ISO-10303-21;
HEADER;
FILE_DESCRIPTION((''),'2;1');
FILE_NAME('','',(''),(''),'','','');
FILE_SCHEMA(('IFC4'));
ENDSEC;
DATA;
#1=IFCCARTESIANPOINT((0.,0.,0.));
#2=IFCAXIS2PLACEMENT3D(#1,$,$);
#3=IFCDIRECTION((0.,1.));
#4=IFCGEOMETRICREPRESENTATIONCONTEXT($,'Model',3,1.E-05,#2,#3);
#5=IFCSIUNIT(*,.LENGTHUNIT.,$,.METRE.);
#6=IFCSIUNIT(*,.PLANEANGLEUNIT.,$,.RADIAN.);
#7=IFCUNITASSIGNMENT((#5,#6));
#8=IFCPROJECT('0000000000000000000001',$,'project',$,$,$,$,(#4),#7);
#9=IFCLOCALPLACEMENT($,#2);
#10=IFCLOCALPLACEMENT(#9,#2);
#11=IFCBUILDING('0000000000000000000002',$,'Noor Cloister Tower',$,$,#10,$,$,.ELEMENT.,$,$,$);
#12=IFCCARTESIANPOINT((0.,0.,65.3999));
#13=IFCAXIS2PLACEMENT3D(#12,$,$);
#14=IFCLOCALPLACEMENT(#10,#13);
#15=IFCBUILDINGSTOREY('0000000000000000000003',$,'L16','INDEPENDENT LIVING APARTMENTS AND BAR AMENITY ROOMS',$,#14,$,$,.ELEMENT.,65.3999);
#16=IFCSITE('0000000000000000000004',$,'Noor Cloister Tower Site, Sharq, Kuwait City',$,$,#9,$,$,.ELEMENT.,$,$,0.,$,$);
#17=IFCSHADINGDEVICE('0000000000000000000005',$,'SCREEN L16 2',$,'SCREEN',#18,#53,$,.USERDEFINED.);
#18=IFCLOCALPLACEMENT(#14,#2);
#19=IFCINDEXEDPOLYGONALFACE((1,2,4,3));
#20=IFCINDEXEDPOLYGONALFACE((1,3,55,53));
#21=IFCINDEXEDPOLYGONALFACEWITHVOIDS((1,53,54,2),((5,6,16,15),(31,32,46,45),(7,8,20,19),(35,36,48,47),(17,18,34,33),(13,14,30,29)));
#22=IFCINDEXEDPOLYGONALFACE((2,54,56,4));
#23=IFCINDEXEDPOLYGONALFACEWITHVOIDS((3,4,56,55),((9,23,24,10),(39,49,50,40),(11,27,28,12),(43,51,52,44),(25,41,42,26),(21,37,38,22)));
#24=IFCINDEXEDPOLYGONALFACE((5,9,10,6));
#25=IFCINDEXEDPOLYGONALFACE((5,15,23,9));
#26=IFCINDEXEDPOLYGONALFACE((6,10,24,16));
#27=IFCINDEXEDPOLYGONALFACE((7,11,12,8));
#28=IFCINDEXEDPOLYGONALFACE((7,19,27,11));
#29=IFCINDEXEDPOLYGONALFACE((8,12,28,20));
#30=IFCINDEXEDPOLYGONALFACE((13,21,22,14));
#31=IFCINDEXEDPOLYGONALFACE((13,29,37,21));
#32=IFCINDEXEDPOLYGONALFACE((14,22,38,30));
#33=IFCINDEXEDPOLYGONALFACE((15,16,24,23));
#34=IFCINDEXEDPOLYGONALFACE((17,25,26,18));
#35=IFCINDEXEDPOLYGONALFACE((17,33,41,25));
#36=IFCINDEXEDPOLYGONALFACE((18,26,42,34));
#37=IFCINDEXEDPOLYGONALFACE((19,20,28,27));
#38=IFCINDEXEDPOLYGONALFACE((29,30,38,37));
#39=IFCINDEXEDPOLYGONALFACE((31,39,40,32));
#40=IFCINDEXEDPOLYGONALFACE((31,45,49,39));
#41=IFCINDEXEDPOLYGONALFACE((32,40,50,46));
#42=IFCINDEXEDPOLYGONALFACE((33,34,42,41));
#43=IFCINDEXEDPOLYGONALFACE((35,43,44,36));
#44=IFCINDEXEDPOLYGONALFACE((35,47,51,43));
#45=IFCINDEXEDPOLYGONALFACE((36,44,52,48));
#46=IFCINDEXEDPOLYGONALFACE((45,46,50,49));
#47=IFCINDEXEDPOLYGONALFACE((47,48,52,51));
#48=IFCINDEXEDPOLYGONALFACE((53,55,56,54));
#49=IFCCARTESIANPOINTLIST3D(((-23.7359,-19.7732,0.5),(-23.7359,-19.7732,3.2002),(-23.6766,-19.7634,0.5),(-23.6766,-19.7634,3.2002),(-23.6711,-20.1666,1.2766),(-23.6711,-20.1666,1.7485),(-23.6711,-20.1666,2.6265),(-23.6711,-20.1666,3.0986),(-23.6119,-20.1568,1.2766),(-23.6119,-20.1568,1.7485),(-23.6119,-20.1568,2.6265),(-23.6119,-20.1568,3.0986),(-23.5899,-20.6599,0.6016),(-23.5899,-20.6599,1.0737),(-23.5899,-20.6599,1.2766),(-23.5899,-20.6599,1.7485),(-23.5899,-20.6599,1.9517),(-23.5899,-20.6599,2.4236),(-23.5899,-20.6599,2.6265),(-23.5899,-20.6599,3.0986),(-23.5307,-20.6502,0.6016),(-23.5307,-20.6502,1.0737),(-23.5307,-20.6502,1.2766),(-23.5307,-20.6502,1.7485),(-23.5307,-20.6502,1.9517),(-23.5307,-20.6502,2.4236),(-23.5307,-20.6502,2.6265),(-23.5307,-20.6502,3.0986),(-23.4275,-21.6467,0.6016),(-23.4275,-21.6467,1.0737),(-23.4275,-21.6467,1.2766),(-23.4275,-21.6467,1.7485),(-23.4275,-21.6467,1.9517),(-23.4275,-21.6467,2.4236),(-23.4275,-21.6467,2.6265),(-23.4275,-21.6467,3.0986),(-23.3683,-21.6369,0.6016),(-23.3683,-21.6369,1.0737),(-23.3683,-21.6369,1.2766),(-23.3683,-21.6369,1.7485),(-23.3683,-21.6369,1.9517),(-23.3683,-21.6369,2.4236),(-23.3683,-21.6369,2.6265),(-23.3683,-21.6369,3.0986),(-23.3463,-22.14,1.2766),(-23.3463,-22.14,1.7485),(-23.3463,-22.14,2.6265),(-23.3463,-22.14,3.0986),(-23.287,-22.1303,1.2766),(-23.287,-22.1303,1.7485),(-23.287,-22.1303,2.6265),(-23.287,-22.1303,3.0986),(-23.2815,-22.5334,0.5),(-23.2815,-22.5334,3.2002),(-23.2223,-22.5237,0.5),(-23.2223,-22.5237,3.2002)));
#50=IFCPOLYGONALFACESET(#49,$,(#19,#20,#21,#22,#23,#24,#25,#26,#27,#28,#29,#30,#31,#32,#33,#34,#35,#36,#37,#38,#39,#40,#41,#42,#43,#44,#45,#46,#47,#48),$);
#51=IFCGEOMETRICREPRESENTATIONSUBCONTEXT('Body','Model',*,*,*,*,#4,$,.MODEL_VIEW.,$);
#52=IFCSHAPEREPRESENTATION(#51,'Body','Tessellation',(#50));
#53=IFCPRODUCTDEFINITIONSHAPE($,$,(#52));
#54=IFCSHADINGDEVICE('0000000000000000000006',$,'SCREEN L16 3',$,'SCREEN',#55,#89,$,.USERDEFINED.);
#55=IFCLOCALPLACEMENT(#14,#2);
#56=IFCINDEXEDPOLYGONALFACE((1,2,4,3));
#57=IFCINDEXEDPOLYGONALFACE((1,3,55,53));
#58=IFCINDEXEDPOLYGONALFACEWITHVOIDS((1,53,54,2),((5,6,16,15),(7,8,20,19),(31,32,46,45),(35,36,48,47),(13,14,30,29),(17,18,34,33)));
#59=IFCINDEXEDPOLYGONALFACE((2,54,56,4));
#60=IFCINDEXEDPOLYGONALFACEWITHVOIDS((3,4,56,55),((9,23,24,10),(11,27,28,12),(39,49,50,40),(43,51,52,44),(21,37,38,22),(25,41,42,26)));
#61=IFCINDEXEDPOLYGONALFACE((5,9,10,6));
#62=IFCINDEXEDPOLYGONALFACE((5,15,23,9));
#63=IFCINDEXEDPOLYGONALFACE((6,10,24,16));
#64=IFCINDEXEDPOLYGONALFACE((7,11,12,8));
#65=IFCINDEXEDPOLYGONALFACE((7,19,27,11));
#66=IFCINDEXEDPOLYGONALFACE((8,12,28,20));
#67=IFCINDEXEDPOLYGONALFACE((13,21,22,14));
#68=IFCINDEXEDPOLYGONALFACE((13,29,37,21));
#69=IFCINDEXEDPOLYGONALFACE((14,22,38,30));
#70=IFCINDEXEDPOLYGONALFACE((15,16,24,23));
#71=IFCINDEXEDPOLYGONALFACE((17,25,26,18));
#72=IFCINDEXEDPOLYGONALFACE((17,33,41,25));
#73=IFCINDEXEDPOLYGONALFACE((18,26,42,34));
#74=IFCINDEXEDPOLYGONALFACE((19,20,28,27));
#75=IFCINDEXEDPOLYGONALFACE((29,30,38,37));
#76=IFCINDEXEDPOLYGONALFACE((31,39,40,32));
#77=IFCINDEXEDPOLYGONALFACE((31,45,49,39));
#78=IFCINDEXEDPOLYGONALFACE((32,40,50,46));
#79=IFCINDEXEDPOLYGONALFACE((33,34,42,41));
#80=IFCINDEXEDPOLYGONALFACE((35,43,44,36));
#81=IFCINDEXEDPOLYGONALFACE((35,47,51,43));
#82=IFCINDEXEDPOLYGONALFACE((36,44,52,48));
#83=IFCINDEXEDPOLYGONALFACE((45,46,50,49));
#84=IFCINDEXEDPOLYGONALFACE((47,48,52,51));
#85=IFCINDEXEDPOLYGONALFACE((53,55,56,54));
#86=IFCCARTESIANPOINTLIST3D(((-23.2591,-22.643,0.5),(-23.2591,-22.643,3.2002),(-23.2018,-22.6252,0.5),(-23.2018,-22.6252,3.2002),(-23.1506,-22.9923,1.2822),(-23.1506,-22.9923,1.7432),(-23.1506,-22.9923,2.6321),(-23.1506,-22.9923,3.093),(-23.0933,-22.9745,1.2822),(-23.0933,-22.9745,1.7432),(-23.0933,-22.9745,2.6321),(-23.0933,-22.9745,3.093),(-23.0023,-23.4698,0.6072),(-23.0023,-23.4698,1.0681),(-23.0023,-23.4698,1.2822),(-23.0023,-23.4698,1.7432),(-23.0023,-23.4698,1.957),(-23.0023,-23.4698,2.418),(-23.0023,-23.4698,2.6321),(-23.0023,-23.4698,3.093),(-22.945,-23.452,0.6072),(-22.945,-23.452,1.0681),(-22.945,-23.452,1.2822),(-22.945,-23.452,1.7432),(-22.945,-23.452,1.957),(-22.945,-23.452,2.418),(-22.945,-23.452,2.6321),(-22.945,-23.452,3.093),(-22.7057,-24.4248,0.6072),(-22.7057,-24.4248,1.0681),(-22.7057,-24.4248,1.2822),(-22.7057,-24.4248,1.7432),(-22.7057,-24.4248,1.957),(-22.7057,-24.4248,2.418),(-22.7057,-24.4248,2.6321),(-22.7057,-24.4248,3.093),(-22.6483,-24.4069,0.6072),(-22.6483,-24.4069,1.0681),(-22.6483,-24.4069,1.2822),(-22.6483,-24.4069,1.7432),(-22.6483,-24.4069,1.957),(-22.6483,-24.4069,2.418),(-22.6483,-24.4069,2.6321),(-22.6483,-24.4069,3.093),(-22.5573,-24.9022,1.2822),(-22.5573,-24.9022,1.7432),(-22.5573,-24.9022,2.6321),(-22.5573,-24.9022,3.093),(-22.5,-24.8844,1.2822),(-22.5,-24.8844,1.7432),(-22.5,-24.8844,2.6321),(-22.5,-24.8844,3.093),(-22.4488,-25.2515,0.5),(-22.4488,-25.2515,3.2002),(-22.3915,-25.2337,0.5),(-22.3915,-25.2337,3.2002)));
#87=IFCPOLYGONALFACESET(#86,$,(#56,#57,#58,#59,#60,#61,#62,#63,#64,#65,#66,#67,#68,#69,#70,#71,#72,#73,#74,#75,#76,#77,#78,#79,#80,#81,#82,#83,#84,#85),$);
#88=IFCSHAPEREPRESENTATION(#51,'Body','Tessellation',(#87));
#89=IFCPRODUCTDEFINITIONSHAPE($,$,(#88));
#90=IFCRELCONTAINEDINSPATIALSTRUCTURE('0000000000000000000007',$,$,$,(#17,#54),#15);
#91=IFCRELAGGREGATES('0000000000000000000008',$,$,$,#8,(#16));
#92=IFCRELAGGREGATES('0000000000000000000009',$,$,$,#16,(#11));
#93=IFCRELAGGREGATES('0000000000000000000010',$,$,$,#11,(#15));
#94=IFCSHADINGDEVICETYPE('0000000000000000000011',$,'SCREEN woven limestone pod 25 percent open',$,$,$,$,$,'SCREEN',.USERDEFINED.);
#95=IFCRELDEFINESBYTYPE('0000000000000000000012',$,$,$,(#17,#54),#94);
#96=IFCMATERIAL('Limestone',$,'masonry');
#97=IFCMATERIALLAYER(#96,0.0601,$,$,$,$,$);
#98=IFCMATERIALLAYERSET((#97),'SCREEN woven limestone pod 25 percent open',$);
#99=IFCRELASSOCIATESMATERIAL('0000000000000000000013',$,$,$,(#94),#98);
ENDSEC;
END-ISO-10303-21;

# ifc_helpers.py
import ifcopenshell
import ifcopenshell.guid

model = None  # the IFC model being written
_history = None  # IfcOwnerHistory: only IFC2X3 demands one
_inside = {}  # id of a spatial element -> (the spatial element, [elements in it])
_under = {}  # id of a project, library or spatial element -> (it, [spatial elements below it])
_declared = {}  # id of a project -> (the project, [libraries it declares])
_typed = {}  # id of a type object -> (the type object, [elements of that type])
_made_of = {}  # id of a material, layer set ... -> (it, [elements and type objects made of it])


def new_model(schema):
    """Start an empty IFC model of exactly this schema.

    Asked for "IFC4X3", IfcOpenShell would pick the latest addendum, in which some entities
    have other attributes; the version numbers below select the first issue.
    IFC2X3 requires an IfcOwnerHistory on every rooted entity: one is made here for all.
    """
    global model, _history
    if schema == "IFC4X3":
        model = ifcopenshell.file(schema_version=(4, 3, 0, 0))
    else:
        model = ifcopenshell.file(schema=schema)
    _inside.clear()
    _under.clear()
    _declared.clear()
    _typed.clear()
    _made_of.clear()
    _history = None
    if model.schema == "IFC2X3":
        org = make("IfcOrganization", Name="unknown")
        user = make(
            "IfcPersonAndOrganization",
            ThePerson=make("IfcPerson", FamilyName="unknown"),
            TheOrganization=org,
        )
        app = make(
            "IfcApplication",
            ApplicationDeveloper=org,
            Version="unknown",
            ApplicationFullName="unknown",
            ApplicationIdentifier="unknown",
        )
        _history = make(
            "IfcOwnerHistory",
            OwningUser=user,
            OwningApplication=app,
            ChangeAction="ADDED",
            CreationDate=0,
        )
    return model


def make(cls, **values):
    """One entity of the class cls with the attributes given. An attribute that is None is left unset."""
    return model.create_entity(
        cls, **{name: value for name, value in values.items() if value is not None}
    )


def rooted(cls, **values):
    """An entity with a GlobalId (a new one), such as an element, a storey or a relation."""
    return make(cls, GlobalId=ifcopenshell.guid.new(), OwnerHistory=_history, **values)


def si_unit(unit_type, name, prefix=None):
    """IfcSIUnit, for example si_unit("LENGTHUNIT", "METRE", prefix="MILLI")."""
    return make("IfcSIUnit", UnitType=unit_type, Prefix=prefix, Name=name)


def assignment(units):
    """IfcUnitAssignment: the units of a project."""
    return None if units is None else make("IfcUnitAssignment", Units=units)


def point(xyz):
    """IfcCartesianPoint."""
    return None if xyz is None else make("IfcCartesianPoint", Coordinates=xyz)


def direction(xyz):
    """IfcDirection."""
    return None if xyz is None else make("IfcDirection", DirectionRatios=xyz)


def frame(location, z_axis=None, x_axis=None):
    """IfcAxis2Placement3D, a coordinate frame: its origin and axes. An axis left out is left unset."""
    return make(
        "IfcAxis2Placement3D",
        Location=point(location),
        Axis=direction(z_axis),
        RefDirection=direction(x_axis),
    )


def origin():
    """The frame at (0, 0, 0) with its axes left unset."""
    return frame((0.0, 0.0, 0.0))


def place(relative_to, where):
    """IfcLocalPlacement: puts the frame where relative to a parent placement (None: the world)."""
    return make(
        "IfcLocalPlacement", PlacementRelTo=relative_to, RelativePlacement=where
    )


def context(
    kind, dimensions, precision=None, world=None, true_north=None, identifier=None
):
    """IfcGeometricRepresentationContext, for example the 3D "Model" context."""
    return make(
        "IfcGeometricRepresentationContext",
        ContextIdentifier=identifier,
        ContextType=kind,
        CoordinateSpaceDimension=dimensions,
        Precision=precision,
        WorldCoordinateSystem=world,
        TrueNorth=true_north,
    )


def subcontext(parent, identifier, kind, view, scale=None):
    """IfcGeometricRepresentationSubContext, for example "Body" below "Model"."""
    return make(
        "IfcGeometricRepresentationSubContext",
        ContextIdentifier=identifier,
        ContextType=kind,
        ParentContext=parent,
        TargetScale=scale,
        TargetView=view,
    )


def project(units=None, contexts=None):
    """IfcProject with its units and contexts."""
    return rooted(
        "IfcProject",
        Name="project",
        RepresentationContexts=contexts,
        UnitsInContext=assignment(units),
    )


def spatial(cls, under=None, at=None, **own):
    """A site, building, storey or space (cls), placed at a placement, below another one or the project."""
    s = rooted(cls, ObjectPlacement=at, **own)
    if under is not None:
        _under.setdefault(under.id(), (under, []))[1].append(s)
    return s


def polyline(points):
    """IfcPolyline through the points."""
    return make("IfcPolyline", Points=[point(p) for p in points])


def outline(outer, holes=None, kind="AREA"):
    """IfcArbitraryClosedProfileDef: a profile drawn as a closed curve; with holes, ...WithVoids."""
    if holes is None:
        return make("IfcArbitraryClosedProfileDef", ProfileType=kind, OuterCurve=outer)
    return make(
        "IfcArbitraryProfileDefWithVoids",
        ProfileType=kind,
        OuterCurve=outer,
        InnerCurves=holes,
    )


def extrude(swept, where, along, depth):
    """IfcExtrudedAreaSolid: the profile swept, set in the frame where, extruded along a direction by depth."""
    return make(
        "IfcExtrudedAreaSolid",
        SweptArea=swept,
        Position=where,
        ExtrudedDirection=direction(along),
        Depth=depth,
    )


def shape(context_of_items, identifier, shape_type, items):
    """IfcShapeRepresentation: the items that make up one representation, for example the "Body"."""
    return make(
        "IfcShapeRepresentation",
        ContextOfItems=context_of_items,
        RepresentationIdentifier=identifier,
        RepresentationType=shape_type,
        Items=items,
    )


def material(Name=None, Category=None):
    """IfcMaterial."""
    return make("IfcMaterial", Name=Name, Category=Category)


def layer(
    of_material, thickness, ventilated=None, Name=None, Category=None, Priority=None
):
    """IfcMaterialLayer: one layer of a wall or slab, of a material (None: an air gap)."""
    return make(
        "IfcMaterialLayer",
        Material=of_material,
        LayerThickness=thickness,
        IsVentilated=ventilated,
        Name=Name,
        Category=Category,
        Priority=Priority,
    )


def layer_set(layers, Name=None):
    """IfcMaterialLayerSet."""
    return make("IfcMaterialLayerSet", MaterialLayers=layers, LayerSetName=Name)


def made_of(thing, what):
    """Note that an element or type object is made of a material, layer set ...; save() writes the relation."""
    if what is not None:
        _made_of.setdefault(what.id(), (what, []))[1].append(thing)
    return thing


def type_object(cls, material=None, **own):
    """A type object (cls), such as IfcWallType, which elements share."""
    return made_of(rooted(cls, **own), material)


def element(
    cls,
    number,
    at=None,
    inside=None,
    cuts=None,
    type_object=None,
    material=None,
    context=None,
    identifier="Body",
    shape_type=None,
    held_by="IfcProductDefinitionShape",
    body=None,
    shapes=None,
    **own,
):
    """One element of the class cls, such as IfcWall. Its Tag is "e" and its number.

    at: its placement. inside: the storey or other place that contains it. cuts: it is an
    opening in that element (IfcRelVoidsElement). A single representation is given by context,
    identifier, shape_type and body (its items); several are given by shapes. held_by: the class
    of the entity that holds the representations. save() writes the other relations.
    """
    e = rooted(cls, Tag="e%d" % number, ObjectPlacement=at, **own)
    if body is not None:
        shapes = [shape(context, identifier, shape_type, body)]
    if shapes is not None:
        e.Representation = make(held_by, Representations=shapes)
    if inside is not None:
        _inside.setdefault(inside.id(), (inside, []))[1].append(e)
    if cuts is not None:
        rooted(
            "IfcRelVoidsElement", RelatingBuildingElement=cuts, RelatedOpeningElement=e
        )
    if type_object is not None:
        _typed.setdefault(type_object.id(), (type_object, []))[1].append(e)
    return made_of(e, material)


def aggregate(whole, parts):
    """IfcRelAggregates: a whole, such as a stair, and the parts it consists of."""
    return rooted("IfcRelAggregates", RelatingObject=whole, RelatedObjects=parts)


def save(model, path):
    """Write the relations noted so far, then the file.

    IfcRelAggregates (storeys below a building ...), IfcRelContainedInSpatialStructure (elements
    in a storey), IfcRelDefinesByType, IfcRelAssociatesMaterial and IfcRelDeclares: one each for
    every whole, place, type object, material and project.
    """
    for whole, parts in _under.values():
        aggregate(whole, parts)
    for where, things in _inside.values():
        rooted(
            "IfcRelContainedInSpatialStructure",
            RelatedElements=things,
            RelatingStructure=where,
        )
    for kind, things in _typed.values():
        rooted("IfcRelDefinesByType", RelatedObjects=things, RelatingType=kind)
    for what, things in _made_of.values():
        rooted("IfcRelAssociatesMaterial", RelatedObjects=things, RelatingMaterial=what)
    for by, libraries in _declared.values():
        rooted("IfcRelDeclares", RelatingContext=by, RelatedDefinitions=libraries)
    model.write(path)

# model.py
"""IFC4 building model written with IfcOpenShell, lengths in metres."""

from ifc_helpers import new_model, si_unit, direction, frame, origin, place, context, subcontext, project, spatial, polyline, outline, extrude, material, layer, layer_set, type_object, element, save


model = new_model("IFC4")

# Units and contexts
model_context = context("Model", 3, precision=1e-05, world=origin(), true_north=direction((0.0, 1.0)))
body_context = subcontext(model_context, "Body", "Model", "MODEL_VIEW")
ifc_project = project(units=[si_unit("LENGTHUNIT", "METRE"), si_unit("PLANEANGLEUNIT", "RADIAN")], contexts=[model_context])

# Site, building, storey
site_placement = place(None, origin())
site = spatial("IfcSite", under=ifc_project, at=site_placement, Name="Noor Cloister Tower Site, Sharq, Kuwait City", CompositionType="ELEMENT", RefElevation=0.0)
building_placement = place(site_placement, origin())
building = spatial("IfcBuilding", under=site, at=building_placement, Name="Noor Cloister Tower", CompositionType="ELEMENT")
storey_placement = place(building_placement, frame((0.0, 0.0, 65.3999)))
storey = spatial("IfcBuildingStorey", under=building, at=storey_placement, Name="L16", Description="INDEPENDENT LIVING APARTMENTS AND BAR AMENITY ROOMS", CompositionType="ELEMENT", Elevation=65.3999)

# Shading devices
ifc_material_1 = material(Name="Limestone", Category="masonry")
ifc_layer_1 = layer(ifc_material_1, 0.0601)
ifc_layer_set_1 = layer_set([ifc_layer_1], Name="SCREEN woven limestone pod 25 percent open")
shading_device_type = type_object("IfcShadingDeviceType", Name="SCREEN woven limestone pod 25 percent open", ElementType="SCREEN", PredefinedType="USERDEFINED", material=ifc_layer_set_1)
shading_device_1_placement = place(storey_placement, frame((-23.4495, -21.1436, 1.8501), z_axis=(-0.986721, -0.162423, 0.0), x_axis=(0.162423, -0.986721, 0.0)))
element("IfcShadingDevice", 1, at=shading_device_1_placement, inside=storey, type_object=shading_device_type, Name="SCREEN L16 2", ObjectType="SCREEN", PredefinedType="USERDEFINED", context=body_context, shape_type="SweptSolid", body=[
    extrude(outline(polyline([(-1.3987, -1.3501), (1.3987, -1.3501), (1.3987, 1.3501), (-1.3987, 1.3501), (-1.3987, -1.3501)]), holes=[polyline([(-0.5, -1.2485), (0.5, -1.2485), (0.5, -0.7764), (-0.5, -0.7764), (-0.5, -1.2485)]), polyline([(-1.0, -0.5735), (-0.5, -0.5735), (-0.5, -0.1016), (-1.0, -0.1016), (-1.0, -0.5735)]), polyline([(0.5, -0.5735), (1.0, -0.5735), (1.0, -0.1016), (0.5, -0.1016), (0.5, -0.5735)]), polyline([(-0.5, 0.1016), (0.5, 0.1016), (0.5, 0.5735), (-0.5, 0.5735), (-0.5, 0.1016)]), polyline([(-1.0, 0.7764), (-0.5, 0.7764), (-0.5, 1.2485), (-1.0, 1.2485), (-1.0, 0.7764)]), polyline([(0.5, 0.7764), (1.0, 0.7764), (1.0, 1.2485), (0.5, 1.2485), (0.5, 0.7764)])]), origin(), (0.0, 0.0, 1.0), 0.0601),
])
shading_device_2_placement = place(storey_placement, frame((-22.7966, -23.9294, 1.8501), z_axis=(-0.954985, -0.296655, 0.0), x_axis=(0.296655, -0.954985, 0.0)))
element("IfcShadingDevice", 2, at=shading_device_2_placement, inside=storey, type_object=shading_device_type, Name="SCREEN L16 3", ObjectType="SCREEN", PredefinedType="USERDEFINED", context=body_context, shape_type="SweptSolid", body=[
    extrude(outline(polyline([(-1.3657, -1.3501), (1.3657, -1.3501), (1.3657, 1.3501), (-1.3657, 1.3501), (-1.3657, -1.3501)]), holes=[polyline([(-0.5, -1.2429), (0.5, -1.2429), (0.5, -0.782), (-0.5, -0.782), (-0.5, -1.2429)]), polyline([(-1.0, -0.5679), (-0.5, -0.5679), (-0.5, -0.1069), (-1.0, -0.1069), (-1.0, -0.5679)]), polyline([(0.5, -0.5679), (1.0, -0.5679), (1.0, -0.1069), (0.5, -0.1069), (0.5, -0.5679)]), polyline([(-0.5, 0.1069), (0.5, 0.1069), (0.5, 0.5679), (-0.5, 0.5679), (-0.5, 0.1069)]), polyline([(-1.0, 0.782), (-0.5, 0.782), (-0.5, 1.2429), (-1.0, 1.2429), (-1.0, 0.782)]), polyline([(0.5, 0.782), (1.0, 0.782), (1.0, 1.2429), (0.5, 1.2429), (0.5, 0.782)])]), origin(), (0.0, 0.0, 1.0), 0.0601),
])

save(model, "model.ifc")
